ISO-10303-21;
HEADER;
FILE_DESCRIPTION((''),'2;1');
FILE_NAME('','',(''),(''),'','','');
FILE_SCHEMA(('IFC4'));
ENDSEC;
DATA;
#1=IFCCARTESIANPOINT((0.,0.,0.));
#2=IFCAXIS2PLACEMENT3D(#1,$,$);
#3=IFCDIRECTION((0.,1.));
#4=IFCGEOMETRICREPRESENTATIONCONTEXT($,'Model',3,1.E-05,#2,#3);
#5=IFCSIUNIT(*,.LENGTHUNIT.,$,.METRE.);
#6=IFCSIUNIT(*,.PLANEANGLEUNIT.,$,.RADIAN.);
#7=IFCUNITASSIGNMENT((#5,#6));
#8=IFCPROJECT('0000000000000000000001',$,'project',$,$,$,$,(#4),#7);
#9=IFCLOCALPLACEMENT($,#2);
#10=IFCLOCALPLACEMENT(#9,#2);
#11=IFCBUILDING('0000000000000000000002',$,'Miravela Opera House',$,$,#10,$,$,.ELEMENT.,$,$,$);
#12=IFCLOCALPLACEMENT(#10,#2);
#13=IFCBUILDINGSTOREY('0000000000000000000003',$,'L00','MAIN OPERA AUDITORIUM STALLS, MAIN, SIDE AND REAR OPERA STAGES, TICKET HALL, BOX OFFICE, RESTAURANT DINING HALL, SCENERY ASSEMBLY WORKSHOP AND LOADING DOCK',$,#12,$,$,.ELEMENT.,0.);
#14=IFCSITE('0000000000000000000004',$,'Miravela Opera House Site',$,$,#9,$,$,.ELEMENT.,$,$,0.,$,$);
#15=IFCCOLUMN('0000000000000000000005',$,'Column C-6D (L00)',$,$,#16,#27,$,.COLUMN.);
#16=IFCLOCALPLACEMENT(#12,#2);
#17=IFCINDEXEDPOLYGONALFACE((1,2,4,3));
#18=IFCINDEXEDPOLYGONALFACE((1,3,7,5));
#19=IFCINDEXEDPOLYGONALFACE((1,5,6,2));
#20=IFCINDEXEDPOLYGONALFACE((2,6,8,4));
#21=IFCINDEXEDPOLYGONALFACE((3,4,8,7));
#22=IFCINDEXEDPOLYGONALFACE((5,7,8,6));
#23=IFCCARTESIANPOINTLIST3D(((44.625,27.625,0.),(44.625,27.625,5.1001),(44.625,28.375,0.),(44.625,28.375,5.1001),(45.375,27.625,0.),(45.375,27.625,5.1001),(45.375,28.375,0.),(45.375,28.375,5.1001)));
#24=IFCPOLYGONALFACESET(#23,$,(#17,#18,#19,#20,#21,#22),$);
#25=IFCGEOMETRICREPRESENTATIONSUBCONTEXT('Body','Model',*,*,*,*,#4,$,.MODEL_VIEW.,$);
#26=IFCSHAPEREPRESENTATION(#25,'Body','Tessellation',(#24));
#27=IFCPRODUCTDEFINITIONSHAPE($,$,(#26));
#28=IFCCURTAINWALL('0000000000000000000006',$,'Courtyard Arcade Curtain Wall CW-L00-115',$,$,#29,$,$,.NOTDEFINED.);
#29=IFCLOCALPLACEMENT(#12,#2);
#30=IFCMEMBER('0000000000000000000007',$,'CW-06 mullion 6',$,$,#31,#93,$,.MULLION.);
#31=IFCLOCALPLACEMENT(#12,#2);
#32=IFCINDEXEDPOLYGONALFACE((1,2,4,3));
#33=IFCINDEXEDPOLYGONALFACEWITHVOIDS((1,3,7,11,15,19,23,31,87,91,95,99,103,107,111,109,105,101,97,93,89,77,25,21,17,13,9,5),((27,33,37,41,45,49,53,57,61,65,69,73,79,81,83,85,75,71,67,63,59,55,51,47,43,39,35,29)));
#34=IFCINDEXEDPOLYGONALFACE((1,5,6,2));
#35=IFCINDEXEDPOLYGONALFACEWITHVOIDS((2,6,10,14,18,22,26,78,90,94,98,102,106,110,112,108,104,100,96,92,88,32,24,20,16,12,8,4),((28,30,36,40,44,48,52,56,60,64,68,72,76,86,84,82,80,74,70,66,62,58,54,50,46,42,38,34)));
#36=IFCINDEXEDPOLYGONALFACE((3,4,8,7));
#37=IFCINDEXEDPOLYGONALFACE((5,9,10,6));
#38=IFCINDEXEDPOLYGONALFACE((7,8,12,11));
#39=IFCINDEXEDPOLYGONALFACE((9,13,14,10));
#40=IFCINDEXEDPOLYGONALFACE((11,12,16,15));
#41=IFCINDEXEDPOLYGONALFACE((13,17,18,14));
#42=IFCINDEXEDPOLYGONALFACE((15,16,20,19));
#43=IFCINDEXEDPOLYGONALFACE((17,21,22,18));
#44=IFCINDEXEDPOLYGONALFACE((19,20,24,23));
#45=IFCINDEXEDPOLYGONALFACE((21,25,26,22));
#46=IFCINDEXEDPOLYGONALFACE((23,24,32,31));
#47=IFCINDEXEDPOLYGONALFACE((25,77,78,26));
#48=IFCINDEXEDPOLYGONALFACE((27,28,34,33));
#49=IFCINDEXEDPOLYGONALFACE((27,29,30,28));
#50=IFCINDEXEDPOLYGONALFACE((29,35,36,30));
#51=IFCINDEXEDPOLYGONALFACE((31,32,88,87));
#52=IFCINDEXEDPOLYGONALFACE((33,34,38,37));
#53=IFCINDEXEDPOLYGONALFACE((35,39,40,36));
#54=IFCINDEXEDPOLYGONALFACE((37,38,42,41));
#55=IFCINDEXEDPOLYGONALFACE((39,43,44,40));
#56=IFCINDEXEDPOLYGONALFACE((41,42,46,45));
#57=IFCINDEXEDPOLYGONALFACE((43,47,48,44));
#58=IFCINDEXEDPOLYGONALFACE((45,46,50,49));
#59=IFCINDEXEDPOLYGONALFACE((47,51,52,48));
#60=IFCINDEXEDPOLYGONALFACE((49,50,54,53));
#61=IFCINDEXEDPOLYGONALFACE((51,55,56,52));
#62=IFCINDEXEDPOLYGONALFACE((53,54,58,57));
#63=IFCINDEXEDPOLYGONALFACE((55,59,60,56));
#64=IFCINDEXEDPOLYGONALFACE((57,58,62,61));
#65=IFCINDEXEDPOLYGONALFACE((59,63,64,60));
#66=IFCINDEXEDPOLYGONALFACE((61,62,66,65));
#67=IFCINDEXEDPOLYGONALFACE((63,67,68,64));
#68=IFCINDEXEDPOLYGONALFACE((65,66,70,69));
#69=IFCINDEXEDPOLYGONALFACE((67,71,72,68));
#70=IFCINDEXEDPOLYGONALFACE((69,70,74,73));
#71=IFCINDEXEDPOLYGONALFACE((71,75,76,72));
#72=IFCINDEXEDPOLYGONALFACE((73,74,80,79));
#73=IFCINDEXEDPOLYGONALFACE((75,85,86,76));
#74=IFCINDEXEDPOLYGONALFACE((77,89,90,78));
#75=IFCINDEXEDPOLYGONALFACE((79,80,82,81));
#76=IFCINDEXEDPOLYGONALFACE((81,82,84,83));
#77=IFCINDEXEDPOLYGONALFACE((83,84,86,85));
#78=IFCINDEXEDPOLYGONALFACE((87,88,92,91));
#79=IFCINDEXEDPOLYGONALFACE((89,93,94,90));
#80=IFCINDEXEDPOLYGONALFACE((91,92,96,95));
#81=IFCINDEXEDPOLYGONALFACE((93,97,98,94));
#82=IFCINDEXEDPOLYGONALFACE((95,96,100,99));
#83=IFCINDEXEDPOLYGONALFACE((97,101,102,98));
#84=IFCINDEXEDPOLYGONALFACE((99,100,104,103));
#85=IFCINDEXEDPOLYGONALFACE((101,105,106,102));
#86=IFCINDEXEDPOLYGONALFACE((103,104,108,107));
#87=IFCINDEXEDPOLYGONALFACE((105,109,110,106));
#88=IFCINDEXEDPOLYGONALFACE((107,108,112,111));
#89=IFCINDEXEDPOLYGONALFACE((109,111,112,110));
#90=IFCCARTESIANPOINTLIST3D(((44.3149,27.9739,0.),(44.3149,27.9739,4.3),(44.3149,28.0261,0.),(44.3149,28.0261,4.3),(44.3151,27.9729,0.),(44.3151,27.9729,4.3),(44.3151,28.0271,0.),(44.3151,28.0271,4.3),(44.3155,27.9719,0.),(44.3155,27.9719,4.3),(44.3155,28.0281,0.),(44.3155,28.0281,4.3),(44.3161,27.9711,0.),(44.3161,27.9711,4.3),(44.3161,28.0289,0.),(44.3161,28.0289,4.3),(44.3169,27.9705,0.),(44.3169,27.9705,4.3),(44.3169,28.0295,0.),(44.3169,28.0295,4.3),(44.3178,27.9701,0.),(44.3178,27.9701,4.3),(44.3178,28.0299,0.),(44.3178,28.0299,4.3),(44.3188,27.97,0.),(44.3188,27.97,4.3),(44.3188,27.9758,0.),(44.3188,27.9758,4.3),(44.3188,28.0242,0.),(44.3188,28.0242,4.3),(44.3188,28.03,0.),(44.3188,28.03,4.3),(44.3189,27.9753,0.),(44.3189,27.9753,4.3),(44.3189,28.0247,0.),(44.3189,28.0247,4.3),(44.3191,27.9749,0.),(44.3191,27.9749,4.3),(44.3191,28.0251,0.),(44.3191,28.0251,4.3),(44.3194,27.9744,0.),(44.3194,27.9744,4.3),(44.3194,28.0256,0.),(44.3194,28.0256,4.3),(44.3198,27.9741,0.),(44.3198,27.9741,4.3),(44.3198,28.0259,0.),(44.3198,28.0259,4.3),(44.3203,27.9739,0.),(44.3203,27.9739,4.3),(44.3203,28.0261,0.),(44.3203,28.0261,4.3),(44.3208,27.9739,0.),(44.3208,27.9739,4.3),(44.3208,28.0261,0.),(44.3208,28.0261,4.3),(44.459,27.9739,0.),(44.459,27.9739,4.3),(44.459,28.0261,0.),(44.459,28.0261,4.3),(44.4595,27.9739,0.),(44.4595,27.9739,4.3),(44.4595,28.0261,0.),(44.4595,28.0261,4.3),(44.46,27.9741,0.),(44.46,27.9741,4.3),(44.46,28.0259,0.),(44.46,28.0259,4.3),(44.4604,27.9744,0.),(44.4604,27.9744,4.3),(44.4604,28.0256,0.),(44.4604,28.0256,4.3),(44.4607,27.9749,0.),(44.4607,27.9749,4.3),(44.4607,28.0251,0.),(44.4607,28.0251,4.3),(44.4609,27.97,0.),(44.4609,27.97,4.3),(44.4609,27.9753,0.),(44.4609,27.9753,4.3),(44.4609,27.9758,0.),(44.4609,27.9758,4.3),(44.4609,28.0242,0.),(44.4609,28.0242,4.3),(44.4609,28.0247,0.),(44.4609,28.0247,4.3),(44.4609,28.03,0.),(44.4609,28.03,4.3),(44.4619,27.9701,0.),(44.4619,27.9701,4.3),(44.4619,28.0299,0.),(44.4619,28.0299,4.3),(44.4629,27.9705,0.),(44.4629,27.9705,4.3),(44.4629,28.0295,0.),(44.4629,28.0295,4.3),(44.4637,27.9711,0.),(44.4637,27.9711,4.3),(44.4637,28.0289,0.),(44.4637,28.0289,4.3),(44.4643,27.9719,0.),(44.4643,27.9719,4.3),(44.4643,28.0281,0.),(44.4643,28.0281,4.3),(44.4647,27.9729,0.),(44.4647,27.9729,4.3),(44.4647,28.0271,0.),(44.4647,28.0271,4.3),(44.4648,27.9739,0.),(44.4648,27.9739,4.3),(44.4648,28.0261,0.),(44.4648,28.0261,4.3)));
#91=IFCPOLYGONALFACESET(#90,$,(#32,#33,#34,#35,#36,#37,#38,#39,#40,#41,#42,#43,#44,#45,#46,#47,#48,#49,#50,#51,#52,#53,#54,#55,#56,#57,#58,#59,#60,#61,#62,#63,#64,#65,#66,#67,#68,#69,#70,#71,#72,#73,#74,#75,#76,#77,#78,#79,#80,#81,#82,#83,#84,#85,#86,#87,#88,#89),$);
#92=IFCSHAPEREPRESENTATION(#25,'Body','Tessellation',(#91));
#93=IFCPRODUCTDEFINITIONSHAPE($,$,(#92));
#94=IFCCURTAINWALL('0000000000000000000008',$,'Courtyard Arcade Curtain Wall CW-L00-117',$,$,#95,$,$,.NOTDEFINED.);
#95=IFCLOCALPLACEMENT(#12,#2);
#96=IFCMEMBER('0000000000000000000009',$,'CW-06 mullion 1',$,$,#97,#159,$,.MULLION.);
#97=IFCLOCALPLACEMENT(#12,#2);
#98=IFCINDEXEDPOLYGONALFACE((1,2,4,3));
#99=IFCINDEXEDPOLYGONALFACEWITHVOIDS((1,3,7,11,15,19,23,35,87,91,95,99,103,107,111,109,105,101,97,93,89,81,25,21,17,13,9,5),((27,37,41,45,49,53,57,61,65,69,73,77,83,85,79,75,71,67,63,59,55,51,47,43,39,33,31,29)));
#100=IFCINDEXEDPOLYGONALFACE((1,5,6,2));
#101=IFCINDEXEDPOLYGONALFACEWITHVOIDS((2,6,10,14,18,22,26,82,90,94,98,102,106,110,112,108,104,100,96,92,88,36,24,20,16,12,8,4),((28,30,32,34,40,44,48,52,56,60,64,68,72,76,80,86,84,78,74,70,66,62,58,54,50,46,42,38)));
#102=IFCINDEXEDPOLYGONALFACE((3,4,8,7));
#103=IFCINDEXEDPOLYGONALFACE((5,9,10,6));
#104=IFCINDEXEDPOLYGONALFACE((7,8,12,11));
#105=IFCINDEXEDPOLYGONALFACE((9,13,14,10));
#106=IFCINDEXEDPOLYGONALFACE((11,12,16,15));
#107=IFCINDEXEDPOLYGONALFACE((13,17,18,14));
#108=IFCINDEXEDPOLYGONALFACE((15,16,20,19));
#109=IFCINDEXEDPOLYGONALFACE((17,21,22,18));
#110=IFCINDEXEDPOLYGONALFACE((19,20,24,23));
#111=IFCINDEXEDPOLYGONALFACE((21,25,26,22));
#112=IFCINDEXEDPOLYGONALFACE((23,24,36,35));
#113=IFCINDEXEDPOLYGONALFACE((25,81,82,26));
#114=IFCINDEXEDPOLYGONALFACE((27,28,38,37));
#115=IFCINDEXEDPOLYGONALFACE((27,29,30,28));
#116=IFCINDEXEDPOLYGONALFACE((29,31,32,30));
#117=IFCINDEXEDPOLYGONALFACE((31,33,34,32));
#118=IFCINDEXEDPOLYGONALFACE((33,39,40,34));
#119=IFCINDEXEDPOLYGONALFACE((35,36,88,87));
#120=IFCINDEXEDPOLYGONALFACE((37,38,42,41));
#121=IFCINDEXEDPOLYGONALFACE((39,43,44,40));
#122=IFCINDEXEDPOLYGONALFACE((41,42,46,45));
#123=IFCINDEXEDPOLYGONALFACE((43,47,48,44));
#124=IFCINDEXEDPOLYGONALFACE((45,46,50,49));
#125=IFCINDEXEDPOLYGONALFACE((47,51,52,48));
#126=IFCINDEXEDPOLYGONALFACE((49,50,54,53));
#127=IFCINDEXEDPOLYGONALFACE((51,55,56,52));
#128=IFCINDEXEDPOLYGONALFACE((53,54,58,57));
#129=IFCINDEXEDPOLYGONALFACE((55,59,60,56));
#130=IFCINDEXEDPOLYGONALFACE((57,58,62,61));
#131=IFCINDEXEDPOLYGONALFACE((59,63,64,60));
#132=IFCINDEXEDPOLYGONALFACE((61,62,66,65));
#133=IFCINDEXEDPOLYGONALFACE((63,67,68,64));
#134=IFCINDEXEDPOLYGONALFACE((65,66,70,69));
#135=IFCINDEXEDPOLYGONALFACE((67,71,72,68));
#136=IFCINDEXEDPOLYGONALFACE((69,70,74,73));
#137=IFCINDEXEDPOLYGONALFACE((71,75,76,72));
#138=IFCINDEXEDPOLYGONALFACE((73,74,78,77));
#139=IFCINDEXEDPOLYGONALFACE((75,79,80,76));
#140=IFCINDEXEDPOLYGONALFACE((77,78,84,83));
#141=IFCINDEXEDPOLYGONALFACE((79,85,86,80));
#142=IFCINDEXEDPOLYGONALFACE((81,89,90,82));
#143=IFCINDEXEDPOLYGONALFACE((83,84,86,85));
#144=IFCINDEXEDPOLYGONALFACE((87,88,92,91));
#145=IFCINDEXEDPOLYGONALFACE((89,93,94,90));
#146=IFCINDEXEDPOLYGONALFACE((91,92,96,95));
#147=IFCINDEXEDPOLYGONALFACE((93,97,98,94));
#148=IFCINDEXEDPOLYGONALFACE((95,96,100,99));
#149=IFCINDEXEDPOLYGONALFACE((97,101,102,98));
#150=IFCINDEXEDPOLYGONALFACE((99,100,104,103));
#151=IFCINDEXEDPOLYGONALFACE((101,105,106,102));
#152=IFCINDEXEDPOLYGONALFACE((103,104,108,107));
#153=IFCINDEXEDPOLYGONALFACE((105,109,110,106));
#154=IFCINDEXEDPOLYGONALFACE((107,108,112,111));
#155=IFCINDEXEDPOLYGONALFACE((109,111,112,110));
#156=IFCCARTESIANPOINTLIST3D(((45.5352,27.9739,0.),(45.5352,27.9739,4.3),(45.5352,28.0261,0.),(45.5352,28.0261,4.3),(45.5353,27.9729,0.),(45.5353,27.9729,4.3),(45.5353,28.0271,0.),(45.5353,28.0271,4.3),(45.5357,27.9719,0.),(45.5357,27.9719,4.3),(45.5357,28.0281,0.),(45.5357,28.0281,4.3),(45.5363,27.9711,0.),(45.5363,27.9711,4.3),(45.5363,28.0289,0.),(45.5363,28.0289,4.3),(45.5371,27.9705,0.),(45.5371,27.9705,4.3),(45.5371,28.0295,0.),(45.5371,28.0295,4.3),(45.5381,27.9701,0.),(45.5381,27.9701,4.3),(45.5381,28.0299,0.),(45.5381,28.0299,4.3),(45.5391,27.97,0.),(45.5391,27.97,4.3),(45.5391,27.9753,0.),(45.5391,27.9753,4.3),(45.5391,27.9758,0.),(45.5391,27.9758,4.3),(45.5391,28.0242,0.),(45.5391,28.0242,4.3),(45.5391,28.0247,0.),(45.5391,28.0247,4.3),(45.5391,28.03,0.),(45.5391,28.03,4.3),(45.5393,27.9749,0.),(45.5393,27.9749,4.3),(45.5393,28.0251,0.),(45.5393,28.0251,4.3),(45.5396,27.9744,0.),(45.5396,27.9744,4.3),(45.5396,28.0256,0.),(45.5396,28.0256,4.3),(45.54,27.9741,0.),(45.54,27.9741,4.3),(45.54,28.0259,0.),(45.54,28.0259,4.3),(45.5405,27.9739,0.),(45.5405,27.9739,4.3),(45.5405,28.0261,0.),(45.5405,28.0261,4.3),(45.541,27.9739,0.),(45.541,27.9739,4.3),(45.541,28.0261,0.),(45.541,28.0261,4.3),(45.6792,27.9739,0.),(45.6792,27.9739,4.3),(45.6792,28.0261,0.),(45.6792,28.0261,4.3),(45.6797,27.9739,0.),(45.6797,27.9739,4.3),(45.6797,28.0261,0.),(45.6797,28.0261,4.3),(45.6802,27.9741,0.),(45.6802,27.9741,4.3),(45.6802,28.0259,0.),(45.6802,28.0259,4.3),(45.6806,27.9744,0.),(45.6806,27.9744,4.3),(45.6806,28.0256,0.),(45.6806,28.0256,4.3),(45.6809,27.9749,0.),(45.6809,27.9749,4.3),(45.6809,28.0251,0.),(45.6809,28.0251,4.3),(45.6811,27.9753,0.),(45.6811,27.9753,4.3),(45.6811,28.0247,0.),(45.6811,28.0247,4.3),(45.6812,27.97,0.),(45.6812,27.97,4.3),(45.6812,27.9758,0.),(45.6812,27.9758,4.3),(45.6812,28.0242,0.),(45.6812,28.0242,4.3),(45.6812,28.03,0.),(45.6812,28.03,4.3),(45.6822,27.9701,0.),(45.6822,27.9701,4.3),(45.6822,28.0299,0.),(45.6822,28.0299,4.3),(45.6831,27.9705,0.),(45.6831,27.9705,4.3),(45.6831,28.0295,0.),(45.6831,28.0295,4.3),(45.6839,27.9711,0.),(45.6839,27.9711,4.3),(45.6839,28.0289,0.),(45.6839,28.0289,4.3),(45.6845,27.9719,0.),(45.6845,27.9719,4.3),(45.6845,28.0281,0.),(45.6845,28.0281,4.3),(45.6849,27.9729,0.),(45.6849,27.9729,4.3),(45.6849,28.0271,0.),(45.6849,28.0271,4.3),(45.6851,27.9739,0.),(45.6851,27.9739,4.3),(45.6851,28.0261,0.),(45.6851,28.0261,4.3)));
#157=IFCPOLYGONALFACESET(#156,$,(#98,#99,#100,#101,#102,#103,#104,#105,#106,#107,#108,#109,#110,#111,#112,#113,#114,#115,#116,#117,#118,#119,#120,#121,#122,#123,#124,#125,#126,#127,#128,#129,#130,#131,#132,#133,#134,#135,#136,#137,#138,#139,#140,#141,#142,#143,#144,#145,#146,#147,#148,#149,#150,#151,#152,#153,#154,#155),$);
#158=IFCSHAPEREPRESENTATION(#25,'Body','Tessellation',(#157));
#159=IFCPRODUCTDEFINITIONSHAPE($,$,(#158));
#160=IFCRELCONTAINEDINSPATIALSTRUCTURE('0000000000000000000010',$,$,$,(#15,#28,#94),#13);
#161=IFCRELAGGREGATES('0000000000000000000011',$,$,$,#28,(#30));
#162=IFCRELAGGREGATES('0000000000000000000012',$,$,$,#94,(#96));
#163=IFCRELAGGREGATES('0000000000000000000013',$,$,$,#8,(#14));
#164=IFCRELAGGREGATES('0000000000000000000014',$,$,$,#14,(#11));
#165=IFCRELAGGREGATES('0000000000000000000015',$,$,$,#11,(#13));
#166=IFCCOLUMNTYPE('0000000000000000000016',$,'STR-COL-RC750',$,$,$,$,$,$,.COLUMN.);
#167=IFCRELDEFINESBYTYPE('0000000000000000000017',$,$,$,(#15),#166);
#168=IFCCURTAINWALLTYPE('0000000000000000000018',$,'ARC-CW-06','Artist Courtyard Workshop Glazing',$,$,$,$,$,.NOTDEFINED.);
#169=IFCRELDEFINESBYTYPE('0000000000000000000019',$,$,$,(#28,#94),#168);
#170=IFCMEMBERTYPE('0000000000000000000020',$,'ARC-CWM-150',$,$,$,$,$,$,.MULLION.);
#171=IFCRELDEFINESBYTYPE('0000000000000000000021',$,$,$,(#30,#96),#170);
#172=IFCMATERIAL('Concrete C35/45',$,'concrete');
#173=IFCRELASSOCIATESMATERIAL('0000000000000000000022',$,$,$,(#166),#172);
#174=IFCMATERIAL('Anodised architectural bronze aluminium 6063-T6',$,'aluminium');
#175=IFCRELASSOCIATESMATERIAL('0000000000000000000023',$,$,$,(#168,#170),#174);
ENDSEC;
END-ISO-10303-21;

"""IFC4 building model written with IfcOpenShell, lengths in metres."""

from ifc_helpers import new_model, si_unit, direction, frame, origin, origin_2d, place, context, subcontext, project, spatial, rectangle, hollow_rectangle, extrude, material, material_profile, profile_set, type_object, element, aggregate, save


model = new_model("IFC4")

# Units and contexts
model_context = context("Model", 3, precision=1e-05, world=origin(), true_north=direction((0.0, 1.0)))
body_context = subcontext(model_context, "Body", "Model", "MODEL_VIEW")
ifc_project = project(units=[si_unit("LENGTHUNIT", "METRE"), si_unit("PLANEANGLEUNIT", "RADIAN")], contexts=[model_context])

# Site, building, storey
site_placement = place(None, origin())
site = spatial("IfcSite", under=ifc_project, at=site_placement, Name="Miravela Opera House Site", CompositionType="ELEMENT", RefElevation=0.0)
building_placement = place(site_placement, origin())
building = spatial("IfcBuilding", under=site, at=building_placement, Name="Miravela Opera House", CompositionType="ELEMENT")
storey_placement = place(building_placement, origin())
storey = spatial("IfcBuildingStorey", under=building, at=storey_placement, Name="L00", Description="MAIN OPERA AUDITORIUM STALLS, MAIN, SIDE AND REAR OPERA STAGES, TICKET HALL, BOX OFFICE, RESTAURANT DINING HALL, SCENERY ASSEMBLY WORKSHOP AND LOADING DOCK", CompositionType="ELEMENT", Elevation=0.0)

# Column
ifc_material_1 = material(Name="Concrete C35/45", Category="concrete")
ifc_material_profile_1 = material_profile(ifc_material_1, rectangle(XDim=0.75, YDim=0.75, at=origin_2d()), Name="RC-COL-750X750")
ifc_profile_set_1 = profile_set([ifc_material_profile_1])
column_type = type_object("IfcColumnType", Name="STR-COL-RC750", PredefinedType="COLUMN", material=ifc_profile_set_1)
column_placement = place(storey_placement, frame((45.0, 28.0, 0.0), z_axis=(0.0, 0.0, 1.0), x_axis=(1.0, 0.0, 0.0)))
element("IfcColumn", 1, at=column_placement, inside=storey, type_object=column_type, Name="Column C-6D (L00)", PredefinedType="COLUMN", context=body_context, shape_type="SweptSolid", body=[
    extrude(rectangle(XDim=0.75, YDim=0.75, at=origin_2d()), origin(), (0.0, 0.0, 1.0), 5.1001),
])

# Curtain wall, member
ifc_material_2 = material(Name="Anodised architectural bronze aluminium 6063-T6", Category="aluminium")
curtain_wall_type = type_object("IfcCurtainWallType", Name="ARC-CW-06", Description="Artist Courtyard Workshop Glazing", PredefinedType="NOTDEFINED", material=ifc_material_2)
curtain_wall_1_placement = place(storey_placement, origin())
curtain_wall_1 = element("IfcCurtainWall", 2, at=curtain_wall_1_placement, inside=storey, type_object=curtain_wall_type, Name="Courtyard Arcade Curtain Wall CW-L00-115", PredefinedType="NOTDEFINED")
ifc_material_profile_2 = material_profile(ifc_material_2, hollow_rectangle(XDim=0.0601, YDim=0.1499, WallThickness=0.0039, InnerFilletRadius=0.002, OuterFilletRadius=0.0039, at=origin_2d()), Name="CWM-60X150")
ifc_profile_set_2 = profile_set([ifc_material_profile_2])
member_type_1 = type_object("IfcMemberType", Name="ARC-CWM-150", PredefinedType="MULLION", material=ifc_profile_set_2)
member_1_placement = place(storey_placement, frame((44.3899, 28.0, 0.0), z_axis=(0.0, 0.0, 1.0), x_axis=(0.0, 1.0, 0.0)))
member_1 = element("IfcMember", 3, at=member_1_placement, type_object=member_type_1, Name="CW-06 mullion 6", PredefinedType="MULLION", context=body_context, shape_type="SweptSolid", body=[
    extrude(hollow_rectangle(XDim=0.0601, YDim=0.1499, WallThickness=0.0039, InnerFilletRadius=0.002, OuterFilletRadius=0.0039, at=origin_2d()), origin(), (0.0, 0.0, 1.0), 4.3),
])
aggregate(curtain_wall_1, [member_1])

# Curtain wall, member
curtain_wall_2_placement = place(storey_placement, origin())
curtain_wall_2 = element("IfcCurtainWall", 4, at=curtain_wall_2_placement, inside=storey, type_object=curtain_wall_type, Name="Courtyard Arcade Curtain Wall CW-L00-117", PredefinedType="NOTDEFINED")
member_2_placement = place(storey_placement, frame((45.6101, 28.0, 0.0), z_axis=(0.0, 0.0, 1.0), x_axis=(0.0, 1.0, 0.0)))
member_2 = element("IfcMember", 5, at=member_2_placement, type_object=member_type_1, Name="CW-06 mullion 1", PredefinedType="MULLION", context=body_context, shape_type="SweptSolid", body=[
    extrude(hollow_rectangle(XDim=0.0601, YDim=0.1499, WallThickness=0.0039, InnerFilletRadius=0.002, OuterFilletRadius=0.0039, at=origin_2d()), origin(), (0.0, 0.0, 1.0), 4.3),
])

aggregate(curtain_wall_2, [member_2])

save(model, "model.ifc")
